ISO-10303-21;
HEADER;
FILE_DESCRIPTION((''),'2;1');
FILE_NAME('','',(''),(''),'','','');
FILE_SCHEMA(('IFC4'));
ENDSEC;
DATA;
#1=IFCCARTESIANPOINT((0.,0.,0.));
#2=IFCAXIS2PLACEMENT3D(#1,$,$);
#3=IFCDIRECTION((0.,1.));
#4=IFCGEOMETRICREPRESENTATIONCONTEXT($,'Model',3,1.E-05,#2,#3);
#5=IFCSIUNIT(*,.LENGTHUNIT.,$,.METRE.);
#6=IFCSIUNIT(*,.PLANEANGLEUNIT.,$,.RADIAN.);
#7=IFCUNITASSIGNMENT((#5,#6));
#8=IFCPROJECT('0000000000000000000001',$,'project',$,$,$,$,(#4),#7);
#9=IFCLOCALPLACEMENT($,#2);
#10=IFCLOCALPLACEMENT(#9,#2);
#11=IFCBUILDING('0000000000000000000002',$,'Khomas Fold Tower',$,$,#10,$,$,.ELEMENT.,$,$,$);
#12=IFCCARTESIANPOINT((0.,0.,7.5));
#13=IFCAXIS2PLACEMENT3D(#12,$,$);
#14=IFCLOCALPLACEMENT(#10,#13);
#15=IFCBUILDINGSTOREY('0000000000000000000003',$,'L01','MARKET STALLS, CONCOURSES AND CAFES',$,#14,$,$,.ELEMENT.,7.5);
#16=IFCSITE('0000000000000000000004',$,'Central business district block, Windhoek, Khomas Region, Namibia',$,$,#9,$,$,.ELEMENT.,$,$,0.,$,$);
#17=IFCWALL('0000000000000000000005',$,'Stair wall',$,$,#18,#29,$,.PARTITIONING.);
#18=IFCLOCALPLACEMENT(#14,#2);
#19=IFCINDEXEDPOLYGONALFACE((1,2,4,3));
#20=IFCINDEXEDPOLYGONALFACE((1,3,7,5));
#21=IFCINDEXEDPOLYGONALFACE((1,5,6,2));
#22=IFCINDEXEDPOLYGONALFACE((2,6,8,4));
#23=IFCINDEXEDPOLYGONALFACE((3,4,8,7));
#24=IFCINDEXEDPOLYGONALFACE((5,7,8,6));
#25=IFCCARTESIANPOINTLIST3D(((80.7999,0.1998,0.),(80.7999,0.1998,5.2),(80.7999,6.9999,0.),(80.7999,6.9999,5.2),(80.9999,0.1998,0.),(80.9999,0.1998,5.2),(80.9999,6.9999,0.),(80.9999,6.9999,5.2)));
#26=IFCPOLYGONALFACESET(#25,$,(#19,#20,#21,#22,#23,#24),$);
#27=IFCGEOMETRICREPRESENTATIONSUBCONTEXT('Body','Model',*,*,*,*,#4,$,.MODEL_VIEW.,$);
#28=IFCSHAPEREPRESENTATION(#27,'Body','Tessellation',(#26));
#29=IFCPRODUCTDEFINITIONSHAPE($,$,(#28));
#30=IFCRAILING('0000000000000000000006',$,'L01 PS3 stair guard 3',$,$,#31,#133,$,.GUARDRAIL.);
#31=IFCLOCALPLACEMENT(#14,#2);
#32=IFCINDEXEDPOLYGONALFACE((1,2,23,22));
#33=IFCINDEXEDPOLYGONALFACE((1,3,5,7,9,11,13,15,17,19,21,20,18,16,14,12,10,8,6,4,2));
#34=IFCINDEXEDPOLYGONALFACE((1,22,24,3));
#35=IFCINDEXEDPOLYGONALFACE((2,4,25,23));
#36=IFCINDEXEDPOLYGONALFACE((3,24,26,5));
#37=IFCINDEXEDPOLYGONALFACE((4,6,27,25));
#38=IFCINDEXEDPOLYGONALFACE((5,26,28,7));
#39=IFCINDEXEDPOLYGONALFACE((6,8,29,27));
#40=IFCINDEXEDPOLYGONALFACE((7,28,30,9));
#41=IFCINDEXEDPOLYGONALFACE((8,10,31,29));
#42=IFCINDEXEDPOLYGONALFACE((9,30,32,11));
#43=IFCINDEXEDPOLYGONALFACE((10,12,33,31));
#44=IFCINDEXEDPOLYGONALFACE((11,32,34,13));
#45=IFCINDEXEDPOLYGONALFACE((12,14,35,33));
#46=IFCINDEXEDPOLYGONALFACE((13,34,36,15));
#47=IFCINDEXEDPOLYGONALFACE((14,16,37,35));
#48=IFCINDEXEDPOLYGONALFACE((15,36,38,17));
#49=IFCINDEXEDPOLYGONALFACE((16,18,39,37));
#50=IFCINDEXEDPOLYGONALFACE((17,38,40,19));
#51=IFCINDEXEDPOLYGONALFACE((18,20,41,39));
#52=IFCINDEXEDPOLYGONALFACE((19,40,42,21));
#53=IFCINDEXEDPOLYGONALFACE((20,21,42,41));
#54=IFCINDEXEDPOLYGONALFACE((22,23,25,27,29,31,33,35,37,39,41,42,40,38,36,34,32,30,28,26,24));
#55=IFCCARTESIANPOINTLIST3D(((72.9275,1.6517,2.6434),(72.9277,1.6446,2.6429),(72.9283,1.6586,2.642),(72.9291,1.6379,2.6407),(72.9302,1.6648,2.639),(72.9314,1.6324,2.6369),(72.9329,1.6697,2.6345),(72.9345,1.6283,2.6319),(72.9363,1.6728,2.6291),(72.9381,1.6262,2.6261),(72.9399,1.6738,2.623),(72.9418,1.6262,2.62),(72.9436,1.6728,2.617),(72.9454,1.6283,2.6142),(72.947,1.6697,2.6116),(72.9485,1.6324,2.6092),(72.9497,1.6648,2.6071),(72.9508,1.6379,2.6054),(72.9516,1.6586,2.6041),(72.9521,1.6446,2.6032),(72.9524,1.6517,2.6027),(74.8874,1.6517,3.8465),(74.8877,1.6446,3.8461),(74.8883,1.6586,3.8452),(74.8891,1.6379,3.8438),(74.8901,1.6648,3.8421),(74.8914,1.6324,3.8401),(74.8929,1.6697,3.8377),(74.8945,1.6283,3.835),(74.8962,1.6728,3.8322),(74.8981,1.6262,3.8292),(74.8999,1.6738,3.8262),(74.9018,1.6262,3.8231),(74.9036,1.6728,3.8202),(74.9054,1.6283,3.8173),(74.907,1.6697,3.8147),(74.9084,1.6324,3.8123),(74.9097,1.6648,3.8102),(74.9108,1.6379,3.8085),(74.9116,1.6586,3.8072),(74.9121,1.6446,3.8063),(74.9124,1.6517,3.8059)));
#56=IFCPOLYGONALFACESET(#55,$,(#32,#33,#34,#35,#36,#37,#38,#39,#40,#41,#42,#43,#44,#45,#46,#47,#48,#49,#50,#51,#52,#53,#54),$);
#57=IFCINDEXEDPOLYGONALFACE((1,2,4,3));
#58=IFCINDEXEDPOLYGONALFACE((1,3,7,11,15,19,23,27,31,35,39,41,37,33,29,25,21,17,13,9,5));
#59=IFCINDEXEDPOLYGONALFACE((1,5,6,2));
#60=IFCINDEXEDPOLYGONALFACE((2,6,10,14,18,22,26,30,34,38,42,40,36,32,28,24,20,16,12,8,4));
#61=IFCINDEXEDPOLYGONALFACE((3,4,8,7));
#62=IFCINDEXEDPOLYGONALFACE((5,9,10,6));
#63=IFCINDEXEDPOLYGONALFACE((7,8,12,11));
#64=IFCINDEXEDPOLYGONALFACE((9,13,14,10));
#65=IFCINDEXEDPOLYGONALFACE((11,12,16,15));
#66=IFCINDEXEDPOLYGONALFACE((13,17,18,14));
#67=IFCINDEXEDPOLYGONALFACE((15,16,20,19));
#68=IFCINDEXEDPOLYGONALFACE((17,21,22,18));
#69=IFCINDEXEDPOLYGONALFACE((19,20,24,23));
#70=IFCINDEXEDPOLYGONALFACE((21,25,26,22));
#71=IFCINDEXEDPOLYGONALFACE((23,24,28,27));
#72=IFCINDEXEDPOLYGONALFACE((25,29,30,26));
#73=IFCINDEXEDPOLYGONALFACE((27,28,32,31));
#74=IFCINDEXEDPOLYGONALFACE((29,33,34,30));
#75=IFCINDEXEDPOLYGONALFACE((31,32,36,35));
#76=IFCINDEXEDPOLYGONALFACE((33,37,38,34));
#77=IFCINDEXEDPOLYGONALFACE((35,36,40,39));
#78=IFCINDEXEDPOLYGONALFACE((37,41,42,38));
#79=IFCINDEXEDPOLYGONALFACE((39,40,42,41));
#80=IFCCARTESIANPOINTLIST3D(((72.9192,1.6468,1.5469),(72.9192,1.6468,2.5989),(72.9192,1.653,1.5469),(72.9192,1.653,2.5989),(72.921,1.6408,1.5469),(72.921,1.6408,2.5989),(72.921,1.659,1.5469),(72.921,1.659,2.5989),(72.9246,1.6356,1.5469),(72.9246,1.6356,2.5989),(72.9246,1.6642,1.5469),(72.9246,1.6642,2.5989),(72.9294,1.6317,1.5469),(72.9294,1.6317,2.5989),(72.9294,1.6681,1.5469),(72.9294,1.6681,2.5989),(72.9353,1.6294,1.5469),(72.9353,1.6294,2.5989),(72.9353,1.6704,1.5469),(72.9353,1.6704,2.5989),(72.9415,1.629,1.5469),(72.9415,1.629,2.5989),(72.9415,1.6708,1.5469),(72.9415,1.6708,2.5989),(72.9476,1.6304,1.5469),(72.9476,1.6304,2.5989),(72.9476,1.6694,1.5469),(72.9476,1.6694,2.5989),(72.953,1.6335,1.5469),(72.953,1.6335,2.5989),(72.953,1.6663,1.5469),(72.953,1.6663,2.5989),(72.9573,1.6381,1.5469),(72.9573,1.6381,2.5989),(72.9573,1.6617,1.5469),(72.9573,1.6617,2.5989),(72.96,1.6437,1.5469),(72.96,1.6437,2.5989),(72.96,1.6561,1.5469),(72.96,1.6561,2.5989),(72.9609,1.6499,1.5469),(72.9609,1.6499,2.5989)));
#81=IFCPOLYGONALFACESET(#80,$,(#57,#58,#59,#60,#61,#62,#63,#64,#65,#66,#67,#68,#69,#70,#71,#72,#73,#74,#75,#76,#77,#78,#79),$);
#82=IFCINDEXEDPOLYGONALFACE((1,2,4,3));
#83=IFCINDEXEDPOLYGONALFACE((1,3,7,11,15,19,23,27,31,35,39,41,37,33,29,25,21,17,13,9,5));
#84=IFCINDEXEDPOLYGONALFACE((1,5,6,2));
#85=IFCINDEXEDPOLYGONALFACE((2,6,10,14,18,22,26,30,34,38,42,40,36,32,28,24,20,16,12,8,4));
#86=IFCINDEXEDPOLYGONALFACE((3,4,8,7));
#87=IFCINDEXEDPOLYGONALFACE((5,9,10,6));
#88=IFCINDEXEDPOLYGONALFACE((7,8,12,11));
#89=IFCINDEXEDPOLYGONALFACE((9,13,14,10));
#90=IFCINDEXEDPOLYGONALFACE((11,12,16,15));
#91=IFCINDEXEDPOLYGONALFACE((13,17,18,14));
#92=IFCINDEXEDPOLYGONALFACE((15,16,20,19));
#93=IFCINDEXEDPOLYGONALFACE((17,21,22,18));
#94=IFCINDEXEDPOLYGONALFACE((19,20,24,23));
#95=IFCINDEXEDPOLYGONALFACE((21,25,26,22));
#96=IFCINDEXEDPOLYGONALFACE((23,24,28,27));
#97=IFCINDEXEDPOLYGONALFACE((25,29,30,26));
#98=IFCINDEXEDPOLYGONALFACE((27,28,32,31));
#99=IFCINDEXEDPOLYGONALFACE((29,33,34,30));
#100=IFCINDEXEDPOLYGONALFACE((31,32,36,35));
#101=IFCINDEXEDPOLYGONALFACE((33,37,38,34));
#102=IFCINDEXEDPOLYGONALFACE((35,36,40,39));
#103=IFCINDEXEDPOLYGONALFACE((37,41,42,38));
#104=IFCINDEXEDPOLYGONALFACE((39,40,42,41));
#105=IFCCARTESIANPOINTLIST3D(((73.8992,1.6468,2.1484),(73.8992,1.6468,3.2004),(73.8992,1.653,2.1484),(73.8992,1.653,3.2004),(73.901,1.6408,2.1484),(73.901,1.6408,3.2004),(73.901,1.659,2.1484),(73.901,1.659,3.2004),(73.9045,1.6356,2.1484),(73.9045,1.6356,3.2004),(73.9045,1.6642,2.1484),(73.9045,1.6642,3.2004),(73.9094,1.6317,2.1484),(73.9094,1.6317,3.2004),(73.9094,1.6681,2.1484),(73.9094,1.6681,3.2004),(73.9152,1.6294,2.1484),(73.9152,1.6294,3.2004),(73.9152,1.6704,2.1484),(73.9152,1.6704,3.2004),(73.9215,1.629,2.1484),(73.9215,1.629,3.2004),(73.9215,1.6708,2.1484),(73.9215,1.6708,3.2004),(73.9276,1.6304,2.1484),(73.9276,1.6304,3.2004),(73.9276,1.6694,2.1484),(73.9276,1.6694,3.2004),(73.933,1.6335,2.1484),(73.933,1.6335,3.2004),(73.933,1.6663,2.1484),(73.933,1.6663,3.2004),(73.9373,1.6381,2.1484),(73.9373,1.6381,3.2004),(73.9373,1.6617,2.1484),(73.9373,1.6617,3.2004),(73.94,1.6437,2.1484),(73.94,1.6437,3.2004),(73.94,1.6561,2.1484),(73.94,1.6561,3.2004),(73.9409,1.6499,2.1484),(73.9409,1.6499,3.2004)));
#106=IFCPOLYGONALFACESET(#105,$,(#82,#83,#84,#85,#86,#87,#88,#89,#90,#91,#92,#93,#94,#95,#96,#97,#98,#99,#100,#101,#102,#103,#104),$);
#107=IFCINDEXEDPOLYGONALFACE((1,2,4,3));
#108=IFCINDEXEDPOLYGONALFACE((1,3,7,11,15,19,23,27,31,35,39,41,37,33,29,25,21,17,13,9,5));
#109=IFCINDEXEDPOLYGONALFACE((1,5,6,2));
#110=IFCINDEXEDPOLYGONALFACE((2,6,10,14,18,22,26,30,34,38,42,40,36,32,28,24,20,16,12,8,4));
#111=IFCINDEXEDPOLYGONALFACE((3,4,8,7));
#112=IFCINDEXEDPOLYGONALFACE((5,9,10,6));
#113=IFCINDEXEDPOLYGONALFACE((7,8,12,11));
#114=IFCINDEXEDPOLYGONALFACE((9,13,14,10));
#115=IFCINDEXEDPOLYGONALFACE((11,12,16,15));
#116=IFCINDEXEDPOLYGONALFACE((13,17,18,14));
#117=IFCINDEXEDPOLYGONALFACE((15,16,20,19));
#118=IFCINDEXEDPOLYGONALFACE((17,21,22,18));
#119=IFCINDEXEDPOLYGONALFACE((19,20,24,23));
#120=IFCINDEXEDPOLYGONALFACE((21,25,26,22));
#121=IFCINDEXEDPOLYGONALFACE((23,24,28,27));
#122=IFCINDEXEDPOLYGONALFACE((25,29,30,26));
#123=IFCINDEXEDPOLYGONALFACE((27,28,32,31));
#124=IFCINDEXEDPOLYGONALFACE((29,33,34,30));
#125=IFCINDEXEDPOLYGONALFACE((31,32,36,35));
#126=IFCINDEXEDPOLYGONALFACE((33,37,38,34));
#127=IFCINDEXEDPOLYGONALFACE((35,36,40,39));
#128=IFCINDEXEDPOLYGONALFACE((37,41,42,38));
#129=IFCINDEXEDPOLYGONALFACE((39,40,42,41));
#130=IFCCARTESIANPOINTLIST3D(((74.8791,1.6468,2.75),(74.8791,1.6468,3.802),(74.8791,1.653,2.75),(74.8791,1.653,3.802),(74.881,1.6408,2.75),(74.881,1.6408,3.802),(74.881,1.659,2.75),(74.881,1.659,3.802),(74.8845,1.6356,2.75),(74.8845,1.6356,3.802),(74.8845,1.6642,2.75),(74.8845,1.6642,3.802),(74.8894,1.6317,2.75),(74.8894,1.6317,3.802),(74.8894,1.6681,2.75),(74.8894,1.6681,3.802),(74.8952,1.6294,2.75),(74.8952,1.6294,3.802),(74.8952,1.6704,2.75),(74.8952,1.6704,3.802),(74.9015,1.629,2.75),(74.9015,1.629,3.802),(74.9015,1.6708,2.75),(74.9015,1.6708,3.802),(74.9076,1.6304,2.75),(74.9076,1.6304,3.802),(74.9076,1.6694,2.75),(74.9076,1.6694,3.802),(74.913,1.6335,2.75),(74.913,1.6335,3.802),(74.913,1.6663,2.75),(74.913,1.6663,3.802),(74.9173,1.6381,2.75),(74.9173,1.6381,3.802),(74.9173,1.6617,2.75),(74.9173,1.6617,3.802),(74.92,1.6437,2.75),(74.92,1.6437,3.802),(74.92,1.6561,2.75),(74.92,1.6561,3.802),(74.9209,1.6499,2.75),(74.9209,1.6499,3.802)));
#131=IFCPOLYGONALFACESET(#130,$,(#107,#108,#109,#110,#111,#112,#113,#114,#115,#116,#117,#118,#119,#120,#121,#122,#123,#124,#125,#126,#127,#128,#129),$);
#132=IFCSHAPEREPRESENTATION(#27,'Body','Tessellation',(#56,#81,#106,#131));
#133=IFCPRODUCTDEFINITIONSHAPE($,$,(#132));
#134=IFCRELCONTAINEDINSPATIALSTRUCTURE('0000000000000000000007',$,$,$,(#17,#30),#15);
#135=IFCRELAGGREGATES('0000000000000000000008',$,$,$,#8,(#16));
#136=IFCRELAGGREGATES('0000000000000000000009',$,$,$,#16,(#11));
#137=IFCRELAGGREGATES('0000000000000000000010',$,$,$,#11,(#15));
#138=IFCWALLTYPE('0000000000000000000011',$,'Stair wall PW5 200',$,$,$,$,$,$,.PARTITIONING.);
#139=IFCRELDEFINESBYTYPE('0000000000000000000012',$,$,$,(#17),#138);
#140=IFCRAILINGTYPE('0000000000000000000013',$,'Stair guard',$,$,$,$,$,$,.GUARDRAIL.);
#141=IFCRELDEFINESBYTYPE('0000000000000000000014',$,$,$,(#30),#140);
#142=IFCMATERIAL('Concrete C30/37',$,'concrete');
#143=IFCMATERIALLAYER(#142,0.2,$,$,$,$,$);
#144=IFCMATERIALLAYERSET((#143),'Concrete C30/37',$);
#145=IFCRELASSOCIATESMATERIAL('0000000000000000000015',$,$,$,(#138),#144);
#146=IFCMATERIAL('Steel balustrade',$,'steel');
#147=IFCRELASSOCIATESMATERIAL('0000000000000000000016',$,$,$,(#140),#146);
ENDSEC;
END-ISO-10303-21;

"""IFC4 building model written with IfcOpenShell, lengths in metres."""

from ifc_helpers import new_model, si_unit, direction, frame, frame_2d, origin, origin_2d, place, context, subcontext, project, spatial, rectangle, circle, extrude, source, transform, mapped, material, layer, layer_set, type_object, element, save


model = new_model("IFC4")

# Units and contexts
model_context = context("Model", 3, precision=1e-05, world=origin(), true_north=direction((0.0, 1.0)))
body_context = subcontext(model_context, "Body", "Model", "MODEL_VIEW")
ifc_project = project(units=[si_unit("LENGTHUNIT", "METRE"), si_unit("PLANEANGLEUNIT", "RADIAN")], contexts=[model_context])

# Site, building, storey
site_placement = place(None, origin())
site = spatial("IfcSite", under=ifc_project, at=site_placement, Name="Central business district block, Windhoek, Khomas Region, Namibia", CompositionType="ELEMENT", RefElevation=0.0)
building_placement = place(site_placement, origin())
building = spatial("IfcBuilding", under=site, at=building_placement, Name="Khomas Fold Tower", CompositionType="ELEMENT")
storey_placement = place(building_placement, frame((0.0, 0.0, 7.5)))
storey = spatial("IfcBuildingStorey", under=building, at=storey_placement, Name="L01", Description="MARKET STALLS, CONCOURSES AND CAFES", CompositionType="ELEMENT", Elevation=7.5)

# Shared definitions
ifc_material_1 = material(Name="Concrete C30/37", Category="concrete")
ifc_layer_1 = layer(ifc_material_1, 0.2)
ifc_layer_set_1 = layer_set([ifc_layer_1], Name="Concrete C30/37")
wall_type = type_object("IfcWallType", Name="Stair wall PW5 200", PredefinedType="PARTITIONING", material=ifc_layer_set_1)

# Shared definitions
shared_shape_1 = source(origin(), body_context, "Body", "SweptSolid", [
    extrude(rectangle(XDim=6.8, YDim=0.2, at=frame_2d((3.3999, 0.0))), origin(), (0.0, 0.0, 1.0), 5.2),
])

# Wall
wall_1_placement = place(storey_placement, frame((80.8999, 0.2, 0.0), z_axis=(0.0, 0.0, 1.0), x_axis=(0.0, 1.0, 0.0)))
element("IfcWall", 1, at=wall_1_placement, inside=storey, type_object=wall_type, Name="Stair wall", PredefinedType="PARTITIONING", context=body_context, shape_type="MappedRepresentation", body=[
    mapped(shared_shape_1, transform((0.0, 0.0, 0.0))),
])

# Railing
ifc_material_2 = material(Name="Steel balustrade", Category="steel")
railing_type_1 = type_object("IfcRailingType", Name="Stair guard", PredefinedType="GUARDRAIL", material=ifc_material_2)
shared_shape_2 = source(origin(), body_context, "Body", "SweptSolid", [
    extrude(circle(Radius=0.0239, at=origin_2d()), frame((0.0, 0.0, 1.0762), z_axis=(0.852241, 0.0, 0.523149), x_axis=(0.0, 1.0, 0.0)), (0.0, 0.0, 1.0), 2.2998),
    extrude(circle(Radius=0.021, at=origin_2d()), origin(), (0.0, 0.0, 1.0), 1.052),
    extrude(circle(Radius=0.021, at=origin_2d()), frame((0.98, 0.0, 0.6016)), (0.0, 0.0, 1.0), 1.052),
    extrude(circle(Radius=0.021, at=origin_2d()), frame((1.96, 0.0, 1.2031)), (0.0, 0.0, 1.0), 1.052),
])
for number, where, name in (
    (2, (72.9399, 1.6499, 1.5469), "L01 PS3 stair guard 3"),
):
    element("IfcRailing", number, at=place(storey_placement, frame(where)), inside=storey, type_object=railing_type_1, Name=name, PredefinedType="GUARDRAIL", context=body_context, shape_type="MappedRepresentation", body=[
        mapped(shared_shape_2, transform((0.0, 0.0, 0.0))),
    ])

save(model, "model.ifc")
